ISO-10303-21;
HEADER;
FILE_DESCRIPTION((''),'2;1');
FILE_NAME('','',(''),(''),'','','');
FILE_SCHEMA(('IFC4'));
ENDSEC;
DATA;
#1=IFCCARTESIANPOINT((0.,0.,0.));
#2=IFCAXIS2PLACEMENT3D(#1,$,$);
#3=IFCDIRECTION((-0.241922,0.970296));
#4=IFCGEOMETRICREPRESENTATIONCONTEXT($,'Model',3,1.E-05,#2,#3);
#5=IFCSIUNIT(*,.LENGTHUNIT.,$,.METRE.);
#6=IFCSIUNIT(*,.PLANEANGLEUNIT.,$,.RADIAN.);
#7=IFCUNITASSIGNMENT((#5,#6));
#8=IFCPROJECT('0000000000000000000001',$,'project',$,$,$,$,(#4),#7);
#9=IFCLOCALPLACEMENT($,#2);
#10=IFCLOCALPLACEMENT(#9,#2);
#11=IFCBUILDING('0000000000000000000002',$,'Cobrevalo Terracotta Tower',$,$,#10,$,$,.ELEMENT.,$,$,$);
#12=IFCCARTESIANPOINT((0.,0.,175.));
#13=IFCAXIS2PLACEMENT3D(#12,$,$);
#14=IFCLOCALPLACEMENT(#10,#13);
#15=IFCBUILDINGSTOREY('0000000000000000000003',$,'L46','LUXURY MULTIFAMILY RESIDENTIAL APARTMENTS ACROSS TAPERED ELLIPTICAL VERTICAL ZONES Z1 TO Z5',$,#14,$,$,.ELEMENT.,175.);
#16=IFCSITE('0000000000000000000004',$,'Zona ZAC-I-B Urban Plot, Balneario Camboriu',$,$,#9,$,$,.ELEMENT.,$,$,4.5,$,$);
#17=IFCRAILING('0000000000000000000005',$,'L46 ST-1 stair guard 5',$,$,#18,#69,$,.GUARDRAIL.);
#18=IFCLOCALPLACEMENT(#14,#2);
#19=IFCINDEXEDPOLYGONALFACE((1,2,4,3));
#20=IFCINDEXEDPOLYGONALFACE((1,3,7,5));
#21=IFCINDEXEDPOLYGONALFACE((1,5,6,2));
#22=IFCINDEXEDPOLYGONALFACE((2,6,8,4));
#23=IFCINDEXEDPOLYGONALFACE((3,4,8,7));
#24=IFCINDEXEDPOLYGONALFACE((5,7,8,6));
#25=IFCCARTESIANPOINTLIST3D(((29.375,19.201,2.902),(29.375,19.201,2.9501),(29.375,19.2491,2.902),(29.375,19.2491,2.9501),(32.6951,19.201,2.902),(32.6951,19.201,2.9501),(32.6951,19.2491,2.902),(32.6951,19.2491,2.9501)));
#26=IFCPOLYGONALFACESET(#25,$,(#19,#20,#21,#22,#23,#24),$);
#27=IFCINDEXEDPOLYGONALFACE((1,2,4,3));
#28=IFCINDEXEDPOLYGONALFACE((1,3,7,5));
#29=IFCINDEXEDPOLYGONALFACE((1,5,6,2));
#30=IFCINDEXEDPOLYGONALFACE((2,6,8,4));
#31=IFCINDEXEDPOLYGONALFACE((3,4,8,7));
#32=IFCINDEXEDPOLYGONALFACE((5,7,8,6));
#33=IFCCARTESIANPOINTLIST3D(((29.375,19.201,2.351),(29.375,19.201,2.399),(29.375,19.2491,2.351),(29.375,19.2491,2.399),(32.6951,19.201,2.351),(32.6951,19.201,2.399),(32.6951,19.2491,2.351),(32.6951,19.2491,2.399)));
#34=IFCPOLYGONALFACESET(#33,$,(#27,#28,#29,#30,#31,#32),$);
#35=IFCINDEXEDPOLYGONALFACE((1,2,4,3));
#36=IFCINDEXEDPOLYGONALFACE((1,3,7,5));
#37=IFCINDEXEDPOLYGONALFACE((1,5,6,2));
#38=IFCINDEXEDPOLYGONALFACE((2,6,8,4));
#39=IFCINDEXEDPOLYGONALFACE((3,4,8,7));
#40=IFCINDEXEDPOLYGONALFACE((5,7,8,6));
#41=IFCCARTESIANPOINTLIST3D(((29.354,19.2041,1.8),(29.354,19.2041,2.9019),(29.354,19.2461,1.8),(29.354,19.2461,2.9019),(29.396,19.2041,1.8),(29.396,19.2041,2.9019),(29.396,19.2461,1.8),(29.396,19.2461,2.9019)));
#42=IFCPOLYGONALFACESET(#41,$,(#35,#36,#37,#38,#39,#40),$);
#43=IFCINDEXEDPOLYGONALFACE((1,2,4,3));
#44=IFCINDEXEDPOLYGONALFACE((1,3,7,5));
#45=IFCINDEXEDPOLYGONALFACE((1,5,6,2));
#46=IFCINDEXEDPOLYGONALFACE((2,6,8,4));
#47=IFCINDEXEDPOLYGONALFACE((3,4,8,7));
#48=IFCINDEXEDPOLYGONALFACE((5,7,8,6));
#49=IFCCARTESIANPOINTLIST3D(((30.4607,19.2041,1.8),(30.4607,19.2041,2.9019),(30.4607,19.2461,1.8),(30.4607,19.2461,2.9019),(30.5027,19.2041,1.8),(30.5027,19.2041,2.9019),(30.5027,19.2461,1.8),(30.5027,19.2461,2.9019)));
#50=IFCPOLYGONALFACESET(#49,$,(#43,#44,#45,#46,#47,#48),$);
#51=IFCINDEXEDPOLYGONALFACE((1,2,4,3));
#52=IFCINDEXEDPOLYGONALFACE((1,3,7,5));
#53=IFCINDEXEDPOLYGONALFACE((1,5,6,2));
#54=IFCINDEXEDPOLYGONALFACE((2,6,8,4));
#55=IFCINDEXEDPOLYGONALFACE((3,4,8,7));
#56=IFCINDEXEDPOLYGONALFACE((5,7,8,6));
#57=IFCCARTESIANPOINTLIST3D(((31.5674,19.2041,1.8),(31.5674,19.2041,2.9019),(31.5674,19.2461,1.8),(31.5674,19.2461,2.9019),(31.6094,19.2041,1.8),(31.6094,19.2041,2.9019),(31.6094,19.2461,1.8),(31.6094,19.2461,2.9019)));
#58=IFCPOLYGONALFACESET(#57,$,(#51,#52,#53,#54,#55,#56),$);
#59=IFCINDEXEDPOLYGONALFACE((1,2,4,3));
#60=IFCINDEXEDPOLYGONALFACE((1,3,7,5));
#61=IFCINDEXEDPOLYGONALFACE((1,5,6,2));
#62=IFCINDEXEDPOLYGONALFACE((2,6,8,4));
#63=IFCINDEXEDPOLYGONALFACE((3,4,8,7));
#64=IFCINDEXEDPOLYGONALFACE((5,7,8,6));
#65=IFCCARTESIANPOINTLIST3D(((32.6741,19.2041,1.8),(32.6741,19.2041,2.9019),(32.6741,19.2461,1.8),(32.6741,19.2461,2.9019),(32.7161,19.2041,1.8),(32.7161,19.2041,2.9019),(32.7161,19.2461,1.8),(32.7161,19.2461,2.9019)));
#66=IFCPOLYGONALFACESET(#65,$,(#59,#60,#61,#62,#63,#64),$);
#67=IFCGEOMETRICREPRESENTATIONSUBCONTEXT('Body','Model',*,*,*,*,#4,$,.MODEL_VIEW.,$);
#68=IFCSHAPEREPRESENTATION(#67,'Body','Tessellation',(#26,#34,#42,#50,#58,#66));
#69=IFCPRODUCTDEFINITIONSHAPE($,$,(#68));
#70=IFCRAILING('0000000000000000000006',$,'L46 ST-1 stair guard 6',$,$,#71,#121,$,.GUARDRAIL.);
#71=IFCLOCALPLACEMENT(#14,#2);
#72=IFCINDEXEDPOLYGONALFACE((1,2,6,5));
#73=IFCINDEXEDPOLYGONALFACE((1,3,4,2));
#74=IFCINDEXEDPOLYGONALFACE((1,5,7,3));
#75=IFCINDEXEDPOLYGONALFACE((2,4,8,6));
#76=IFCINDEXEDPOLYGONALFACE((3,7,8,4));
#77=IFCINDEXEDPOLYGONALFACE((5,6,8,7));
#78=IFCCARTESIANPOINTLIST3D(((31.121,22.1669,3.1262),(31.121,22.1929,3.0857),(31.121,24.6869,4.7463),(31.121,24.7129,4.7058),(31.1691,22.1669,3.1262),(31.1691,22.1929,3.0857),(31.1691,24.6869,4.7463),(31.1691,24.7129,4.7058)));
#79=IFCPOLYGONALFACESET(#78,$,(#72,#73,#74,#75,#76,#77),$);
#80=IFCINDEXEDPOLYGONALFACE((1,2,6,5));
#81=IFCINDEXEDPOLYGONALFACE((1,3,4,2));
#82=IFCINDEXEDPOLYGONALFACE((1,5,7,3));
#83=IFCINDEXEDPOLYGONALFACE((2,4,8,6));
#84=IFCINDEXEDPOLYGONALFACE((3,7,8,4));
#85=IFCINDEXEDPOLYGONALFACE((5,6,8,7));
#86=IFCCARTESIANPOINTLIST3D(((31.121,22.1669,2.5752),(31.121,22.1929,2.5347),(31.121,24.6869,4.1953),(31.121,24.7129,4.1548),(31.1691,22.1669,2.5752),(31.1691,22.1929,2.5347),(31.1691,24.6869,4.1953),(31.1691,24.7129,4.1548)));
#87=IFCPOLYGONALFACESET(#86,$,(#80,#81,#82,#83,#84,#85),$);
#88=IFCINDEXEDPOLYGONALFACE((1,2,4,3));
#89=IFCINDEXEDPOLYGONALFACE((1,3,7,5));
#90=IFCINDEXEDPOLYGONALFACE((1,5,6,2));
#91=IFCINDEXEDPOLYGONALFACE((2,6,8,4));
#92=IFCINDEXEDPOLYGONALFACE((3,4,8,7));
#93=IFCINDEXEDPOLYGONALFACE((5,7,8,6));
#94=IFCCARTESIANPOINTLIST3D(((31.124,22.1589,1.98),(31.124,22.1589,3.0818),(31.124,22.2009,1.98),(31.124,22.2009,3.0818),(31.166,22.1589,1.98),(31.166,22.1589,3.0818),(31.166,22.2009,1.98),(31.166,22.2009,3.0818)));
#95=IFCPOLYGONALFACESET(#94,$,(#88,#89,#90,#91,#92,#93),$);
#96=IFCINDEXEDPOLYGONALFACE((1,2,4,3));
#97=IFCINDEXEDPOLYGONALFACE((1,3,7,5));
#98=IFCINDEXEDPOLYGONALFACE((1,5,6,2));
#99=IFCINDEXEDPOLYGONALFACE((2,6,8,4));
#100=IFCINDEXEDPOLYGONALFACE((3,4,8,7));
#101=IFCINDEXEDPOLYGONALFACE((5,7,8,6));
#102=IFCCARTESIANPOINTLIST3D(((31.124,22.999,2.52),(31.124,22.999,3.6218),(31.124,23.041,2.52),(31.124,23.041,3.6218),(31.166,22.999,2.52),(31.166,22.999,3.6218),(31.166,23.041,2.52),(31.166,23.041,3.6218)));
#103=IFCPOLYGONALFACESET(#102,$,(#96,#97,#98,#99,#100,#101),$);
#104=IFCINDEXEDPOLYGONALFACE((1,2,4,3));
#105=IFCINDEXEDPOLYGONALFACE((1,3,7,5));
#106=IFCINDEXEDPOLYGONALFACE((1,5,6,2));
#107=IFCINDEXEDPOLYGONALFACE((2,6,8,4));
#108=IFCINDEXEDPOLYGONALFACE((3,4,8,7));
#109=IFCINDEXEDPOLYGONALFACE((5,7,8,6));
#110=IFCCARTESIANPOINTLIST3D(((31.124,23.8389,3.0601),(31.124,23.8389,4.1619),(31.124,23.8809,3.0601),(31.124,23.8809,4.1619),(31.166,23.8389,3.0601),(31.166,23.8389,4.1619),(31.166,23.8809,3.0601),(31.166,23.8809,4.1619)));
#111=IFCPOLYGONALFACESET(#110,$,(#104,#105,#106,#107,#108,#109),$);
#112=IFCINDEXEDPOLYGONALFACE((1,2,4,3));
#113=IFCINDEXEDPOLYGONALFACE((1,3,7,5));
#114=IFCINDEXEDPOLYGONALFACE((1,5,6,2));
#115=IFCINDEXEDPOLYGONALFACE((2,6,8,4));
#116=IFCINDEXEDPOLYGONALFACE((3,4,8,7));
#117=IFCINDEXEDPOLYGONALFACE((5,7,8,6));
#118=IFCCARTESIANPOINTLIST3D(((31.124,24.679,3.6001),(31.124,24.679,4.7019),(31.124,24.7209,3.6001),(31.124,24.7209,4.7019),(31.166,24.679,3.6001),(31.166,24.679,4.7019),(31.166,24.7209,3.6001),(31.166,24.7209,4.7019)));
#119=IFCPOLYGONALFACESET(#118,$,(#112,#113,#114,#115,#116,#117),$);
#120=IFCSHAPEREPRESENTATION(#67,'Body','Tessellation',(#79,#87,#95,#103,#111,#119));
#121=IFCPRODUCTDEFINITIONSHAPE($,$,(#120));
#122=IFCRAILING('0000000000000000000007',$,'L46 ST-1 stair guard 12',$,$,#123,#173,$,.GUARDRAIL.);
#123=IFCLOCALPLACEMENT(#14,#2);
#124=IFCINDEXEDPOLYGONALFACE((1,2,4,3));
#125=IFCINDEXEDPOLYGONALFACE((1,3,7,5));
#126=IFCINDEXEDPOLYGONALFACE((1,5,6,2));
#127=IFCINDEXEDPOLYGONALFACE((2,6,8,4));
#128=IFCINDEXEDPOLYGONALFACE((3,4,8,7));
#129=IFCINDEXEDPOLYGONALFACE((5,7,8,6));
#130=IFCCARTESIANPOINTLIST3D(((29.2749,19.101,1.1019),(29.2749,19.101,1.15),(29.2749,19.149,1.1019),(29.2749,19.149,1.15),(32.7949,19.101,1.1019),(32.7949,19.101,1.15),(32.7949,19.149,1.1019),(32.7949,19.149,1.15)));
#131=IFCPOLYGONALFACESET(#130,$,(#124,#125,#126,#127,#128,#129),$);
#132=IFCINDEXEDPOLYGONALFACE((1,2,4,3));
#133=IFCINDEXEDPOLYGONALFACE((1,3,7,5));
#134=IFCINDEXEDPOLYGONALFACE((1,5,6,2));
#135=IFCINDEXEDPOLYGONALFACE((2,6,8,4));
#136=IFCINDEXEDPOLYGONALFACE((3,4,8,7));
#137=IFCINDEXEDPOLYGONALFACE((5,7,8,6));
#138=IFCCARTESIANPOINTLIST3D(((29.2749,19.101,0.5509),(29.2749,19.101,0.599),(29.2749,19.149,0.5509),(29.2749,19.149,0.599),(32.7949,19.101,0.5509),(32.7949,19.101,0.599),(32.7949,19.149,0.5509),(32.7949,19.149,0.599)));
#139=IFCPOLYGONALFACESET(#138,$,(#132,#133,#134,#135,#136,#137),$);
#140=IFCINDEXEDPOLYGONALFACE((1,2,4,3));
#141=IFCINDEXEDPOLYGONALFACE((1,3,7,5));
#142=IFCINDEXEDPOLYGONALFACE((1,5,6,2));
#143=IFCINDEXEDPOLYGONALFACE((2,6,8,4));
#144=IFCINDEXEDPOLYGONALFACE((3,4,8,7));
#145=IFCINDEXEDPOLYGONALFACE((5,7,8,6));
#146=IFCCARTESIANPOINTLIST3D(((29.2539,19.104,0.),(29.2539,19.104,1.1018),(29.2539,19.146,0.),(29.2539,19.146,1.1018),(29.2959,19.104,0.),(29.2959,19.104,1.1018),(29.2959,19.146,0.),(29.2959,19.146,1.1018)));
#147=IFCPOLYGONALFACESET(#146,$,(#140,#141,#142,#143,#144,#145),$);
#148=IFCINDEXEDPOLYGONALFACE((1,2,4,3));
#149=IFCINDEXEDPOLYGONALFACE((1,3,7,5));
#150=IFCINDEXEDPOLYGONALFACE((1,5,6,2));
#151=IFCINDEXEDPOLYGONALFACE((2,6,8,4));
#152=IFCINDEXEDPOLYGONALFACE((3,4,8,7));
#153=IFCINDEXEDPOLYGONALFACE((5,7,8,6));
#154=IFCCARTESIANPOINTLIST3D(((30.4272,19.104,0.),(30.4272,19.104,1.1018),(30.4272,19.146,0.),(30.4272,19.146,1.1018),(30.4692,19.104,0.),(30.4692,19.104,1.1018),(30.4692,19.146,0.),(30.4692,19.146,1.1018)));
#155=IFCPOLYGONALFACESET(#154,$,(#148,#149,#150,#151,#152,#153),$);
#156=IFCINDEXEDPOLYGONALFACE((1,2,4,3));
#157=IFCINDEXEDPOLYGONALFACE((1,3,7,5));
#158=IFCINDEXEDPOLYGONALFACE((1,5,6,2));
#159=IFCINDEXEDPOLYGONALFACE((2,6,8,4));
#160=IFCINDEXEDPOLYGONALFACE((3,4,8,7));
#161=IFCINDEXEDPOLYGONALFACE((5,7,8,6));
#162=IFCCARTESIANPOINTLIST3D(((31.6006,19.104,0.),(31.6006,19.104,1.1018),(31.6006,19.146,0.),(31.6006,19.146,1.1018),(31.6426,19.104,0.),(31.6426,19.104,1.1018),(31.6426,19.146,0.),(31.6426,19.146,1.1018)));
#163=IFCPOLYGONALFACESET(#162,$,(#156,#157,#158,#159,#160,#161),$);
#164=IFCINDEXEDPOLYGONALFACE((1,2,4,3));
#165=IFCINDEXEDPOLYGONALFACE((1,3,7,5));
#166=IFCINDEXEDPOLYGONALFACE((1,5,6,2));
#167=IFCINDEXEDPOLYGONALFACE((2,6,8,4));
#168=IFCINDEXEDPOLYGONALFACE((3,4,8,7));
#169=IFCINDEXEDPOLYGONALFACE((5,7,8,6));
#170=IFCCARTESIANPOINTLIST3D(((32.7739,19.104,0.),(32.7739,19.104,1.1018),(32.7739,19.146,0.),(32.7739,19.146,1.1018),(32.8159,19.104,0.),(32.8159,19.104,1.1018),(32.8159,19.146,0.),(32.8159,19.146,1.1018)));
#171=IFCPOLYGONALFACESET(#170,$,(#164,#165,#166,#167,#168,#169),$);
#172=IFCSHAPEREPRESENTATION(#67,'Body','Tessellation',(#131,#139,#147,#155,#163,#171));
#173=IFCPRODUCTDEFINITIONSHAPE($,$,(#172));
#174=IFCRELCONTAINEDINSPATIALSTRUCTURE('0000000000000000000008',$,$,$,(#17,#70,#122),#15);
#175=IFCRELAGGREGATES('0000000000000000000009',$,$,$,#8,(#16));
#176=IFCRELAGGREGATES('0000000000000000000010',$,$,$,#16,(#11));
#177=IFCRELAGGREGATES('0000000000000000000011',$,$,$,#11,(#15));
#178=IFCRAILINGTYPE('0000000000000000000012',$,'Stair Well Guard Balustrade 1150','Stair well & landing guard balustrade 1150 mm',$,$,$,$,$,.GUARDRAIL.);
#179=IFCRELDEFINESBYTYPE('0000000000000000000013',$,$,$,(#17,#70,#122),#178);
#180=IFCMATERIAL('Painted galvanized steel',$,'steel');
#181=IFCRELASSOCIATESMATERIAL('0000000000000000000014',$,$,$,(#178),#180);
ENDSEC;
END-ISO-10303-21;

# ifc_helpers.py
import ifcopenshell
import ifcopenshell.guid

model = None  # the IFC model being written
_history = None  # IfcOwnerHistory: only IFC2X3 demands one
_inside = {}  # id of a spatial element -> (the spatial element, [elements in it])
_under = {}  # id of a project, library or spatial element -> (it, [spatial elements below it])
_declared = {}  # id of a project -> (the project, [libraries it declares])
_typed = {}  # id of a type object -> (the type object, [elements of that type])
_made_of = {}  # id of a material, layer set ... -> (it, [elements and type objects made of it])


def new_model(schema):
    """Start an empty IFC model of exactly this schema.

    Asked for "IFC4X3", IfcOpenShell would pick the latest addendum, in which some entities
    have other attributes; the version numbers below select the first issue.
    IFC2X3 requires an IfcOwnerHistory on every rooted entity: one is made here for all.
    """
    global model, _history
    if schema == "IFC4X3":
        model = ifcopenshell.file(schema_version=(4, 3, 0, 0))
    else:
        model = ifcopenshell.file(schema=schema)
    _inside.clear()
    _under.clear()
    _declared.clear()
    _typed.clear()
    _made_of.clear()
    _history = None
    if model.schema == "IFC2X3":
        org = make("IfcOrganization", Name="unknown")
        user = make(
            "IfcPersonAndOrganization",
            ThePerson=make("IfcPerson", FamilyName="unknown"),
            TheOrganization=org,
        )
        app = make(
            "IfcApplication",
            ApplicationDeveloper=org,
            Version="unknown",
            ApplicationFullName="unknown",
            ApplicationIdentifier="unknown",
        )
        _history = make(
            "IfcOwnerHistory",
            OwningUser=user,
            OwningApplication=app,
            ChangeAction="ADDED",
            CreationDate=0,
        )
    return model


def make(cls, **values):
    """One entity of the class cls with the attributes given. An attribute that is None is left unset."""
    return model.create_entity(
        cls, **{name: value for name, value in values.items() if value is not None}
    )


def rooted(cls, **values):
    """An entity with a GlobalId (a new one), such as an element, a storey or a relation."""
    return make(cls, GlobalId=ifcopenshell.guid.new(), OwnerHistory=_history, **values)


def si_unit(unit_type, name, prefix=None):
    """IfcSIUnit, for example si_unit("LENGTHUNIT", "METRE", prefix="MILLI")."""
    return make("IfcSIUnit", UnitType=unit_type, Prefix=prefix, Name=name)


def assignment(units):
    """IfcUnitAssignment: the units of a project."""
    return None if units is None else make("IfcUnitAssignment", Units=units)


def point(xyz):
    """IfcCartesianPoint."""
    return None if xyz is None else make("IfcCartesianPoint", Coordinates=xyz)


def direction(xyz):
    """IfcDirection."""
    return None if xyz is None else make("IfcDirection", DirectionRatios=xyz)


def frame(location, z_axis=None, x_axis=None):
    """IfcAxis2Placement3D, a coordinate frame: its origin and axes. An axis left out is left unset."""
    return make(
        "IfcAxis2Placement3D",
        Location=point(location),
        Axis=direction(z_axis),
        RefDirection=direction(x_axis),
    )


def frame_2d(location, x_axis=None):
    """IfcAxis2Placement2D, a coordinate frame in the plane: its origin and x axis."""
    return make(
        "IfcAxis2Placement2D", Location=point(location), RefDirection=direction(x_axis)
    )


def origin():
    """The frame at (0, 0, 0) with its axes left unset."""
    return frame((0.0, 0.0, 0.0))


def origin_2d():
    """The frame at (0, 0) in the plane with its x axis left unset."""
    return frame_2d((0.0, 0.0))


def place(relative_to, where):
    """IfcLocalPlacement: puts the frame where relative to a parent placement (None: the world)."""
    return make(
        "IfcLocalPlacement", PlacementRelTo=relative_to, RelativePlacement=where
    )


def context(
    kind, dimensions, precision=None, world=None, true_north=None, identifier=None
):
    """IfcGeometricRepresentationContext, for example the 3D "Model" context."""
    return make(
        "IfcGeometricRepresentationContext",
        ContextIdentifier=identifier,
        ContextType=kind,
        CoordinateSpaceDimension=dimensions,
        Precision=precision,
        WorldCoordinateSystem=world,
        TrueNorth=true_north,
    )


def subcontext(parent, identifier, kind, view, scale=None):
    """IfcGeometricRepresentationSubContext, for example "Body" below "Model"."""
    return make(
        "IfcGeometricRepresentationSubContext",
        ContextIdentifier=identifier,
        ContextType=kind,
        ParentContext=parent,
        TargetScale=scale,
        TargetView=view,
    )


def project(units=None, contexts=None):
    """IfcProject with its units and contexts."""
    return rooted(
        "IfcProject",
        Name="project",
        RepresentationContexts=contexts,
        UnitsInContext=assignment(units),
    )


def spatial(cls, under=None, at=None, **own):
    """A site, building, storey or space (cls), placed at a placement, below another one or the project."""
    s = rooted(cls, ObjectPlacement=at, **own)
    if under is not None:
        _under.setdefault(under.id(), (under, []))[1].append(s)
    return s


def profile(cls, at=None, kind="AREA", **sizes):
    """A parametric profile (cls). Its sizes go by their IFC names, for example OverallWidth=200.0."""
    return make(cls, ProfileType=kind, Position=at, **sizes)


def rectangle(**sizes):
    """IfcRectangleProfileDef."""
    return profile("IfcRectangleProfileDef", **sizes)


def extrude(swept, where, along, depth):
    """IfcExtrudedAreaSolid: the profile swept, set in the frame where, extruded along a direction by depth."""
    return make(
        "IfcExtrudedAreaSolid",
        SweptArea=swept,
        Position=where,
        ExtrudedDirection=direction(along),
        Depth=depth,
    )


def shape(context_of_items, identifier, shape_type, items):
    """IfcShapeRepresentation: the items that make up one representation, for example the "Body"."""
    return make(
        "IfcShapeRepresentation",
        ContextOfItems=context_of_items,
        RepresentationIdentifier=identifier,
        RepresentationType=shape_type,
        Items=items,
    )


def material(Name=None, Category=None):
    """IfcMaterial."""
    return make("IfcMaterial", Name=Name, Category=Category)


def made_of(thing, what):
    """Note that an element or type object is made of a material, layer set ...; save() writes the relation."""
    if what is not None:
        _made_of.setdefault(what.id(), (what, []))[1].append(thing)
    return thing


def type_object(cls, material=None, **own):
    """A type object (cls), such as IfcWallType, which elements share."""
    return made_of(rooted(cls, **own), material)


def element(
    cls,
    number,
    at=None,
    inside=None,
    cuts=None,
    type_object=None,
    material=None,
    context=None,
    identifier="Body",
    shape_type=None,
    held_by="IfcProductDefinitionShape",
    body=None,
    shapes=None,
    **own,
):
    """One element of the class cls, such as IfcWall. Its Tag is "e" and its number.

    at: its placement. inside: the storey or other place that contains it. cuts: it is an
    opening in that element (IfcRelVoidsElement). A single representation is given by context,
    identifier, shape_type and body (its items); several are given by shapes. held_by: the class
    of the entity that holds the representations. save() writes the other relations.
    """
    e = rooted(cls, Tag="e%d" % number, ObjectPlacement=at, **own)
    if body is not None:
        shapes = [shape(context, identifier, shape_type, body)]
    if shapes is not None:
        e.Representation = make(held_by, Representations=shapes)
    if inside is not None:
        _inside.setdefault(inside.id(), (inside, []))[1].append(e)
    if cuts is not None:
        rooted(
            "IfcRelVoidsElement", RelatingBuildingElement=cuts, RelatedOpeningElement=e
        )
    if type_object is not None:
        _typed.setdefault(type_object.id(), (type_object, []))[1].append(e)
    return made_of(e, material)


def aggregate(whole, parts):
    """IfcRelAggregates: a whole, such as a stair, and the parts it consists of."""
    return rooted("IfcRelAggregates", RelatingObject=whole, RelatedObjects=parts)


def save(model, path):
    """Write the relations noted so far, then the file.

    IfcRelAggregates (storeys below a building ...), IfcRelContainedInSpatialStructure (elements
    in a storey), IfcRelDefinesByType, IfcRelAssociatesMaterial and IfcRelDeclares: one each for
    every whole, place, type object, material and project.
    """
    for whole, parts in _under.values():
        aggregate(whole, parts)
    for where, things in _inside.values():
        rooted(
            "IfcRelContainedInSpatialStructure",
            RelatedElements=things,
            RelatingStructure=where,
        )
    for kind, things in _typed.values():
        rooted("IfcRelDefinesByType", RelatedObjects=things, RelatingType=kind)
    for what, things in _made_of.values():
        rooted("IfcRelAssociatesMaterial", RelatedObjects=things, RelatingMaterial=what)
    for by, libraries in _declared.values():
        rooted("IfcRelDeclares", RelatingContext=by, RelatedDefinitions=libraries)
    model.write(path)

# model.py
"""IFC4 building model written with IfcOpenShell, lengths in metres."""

from ifc_helpers import new_model, si_unit, direction, frame, origin, origin_2d, place, context, subcontext, project, spatial, rectangle, extrude, material, type_object, element, save


model = new_model("IFC4")

# Units and contexts
model_context = context("Model", 3, precision=1e-05, world=origin(), true_north=direction((-0.241922, 0.970296)))
body_context = subcontext(model_context, "Body", "Model", "MODEL_VIEW")
ifc_project = project(units=[si_unit("LENGTHUNIT", "METRE"), si_unit("PLANEANGLEUNIT", "RADIAN")], contexts=[model_context])

# Site, building, storey
site_placement = place(None, origin())
site = spatial("IfcSite", under=ifc_project, at=site_placement, Name="Zona ZAC-I-B Urban Plot, Balneario Camboriu", CompositionType="ELEMENT", RefElevation=4.5)
building_placement = place(site_placement, origin())
building = spatial("IfcBuilding", under=site, at=building_placement, Name="Cobrevalo Terracotta Tower", CompositionType="ELEMENT")
storey_placement = place(building_placement, frame((0.0, 0.0, 175.0)))
storey = spatial("IfcBuildingStorey", under=building, at=storey_placement, Name="L46", Description="LUXURY MULTIFAMILY RESIDENTIAL APARTMENTS ACROSS TAPERED ELLIPTICAL VERTICAL ZONES Z1 TO Z5", CompositionType="ELEMENT", Elevation=175.0)

# Railings
ifc_material_1 = material(Name="Painted galvanized steel", Category="steel")
railing_type_1 = type_object("IfcRailingType", Name="Stair Well Guard Balustrade 1150", Description="Stair well & landing guard balustrade 1150 mm", PredefinedType="GUARDRAIL", material=ifc_material_1)
railing_1_placement = place(storey_placement, frame((29.375, 19.2251, 1.8)))
element("IfcRailing", 1, at=railing_1_placement, inside=storey, type_object=railing_type_1, Name="L46 ST-1 stair guard 5", PredefinedType="GUARDRAIL", context=body_context, shape_type="SweptSolid", body=[
    extrude(rectangle(XDim=0.0481, YDim=0.0481, at=origin_2d()), frame((0.0, 0.0, 1.126), z_axis=(1.0, 0.0, 0.0), x_axis=(0.0, 1.0, 0.0)), (0.0, 0.0, 1.0), 3.3201),
    extrude(rectangle(XDim=0.0481, YDim=0.0481, at=origin_2d()), frame((0.0, 0.0, 0.575), z_axis=(1.0, 0.0, 0.0), x_axis=(0.0, 1.0, 0.0)), (0.0, 0.0, 1.0), 3.3201),
    extrude(rectangle(XDim=0.042, YDim=0.042, at=origin_2d()), origin(), (0.0, 0.0, 1.0), 1.1018),
    extrude(rectangle(XDim=0.042, YDim=0.042, at=origin_2d()), frame((1.1067, 0.0, 0.0)), (0.0, 0.0, 1.0), 1.1018),
    extrude(rectangle(XDim=0.042, YDim=0.042, at=origin_2d()), frame((2.2134, 0.0, 0.0)), (0.0, 0.0, 1.0), 1.1018),
    extrude(rectangle(XDim=0.042, YDim=0.042, at=origin_2d()), frame((3.3201, 0.0, 0.0)), (0.0, 0.0, 1.0), 1.1018),
])
railing_2_placement = place(storey_placement, frame((31.145, 22.1799, 1.98)))
element("IfcRailing", 2, at=railing_2_placement, inside=storey, type_object=railing_type_1, Name="L46 ST-1 stair guard 6", PredefinedType="GUARDRAIL", context=body_context, shape_type="SweptSolid", body=[
    extrude(rectangle(XDim=0.0481, YDim=0.0481, at=origin_2d()), frame((0.0, 0.0, 1.126), z_axis=(0.0, 0.841163, 0.540782), x_axis=(-1.0, 0.0, 0.0)), (0.0, 0.0, 1.0), 2.9958),
    extrude(rectangle(XDim=0.0481, YDim=0.0481, at=origin_2d()), frame((0.0, 0.0, 0.575), z_axis=(0.0, 0.841163, 0.540782), x_axis=(-1.0, 0.0, 0.0)), (0.0, 0.0, 1.0), 2.9958),
    extrude(rectangle(XDim=0.042, YDim=0.042, at=origin_2d()), origin(), (0.0, 0.0, 1.0), 1.1018),
    extrude(rectangle(XDim=0.042, YDim=0.042, at=origin_2d()), frame((0.0, 0.8401, 0.54)), (0.0, 0.0, 1.0), 1.1018),
    extrude(rectangle(XDim=0.042, YDim=0.042, at=origin_2d()), frame((0.0, 1.6799, 1.0801)), (0.0, 0.0, 1.0), 1.1018),
    extrude(rectangle(XDim=0.042, YDim=0.042, at=origin_2d()), frame((0.0, 2.52, 1.6201)), (0.0, 0.0, 1.0), 1.1018),
])
railing_3_placement = place(storey_placement, frame((29.2749, 19.125, 0.0)))
element("IfcRailing", 3, at=railing_3_placement, inside=storey, type_object=railing_type_1, Name="L46 ST-1 stair guard 12", PredefinedType="GUARDRAIL", context=body_context, shape_type="SweptSolid", body=[
    extrude(rectangle(XDim=0.0481, YDim=0.0481, at=origin_2d()), frame((0.0, 0.0, 1.126), z_axis=(1.0, 0.0, 0.0), x_axis=(0.0, 1.0, 0.0)), (0.0, 0.0, 1.0), 3.52),
    extrude(rectangle(XDim=0.0481, YDim=0.0481, at=origin_2d()), frame((0.0, 0.0, 0.575), z_axis=(1.0, 0.0, 0.0), x_axis=(0.0, 1.0, 0.0)), (0.0, 0.0, 1.0), 3.52),
    extrude(rectangle(XDim=0.042, YDim=0.042, at=origin_2d()), origin(), (0.0, 0.0, 1.0), 1.1018),
    extrude(rectangle(XDim=0.042, YDim=0.042, at=origin_2d()), frame((1.1733, 0.0, 0.0)), (0.0, 0.0, 1.0), 1.1018),
    extrude(rectangle(XDim=0.042, YDim=0.042, at=origin_2d()), frame((2.3467, 0.0, 0.0)), (0.0, 0.0, 1.0), 1.1018),
    extrude(rectangle(XDim=0.042, YDim=0.042, at=origin_2d()), frame((3.52, 0.0, 0.0)), (0.0, 0.0, 1.0), 1.1018),
])

save(model, "model.ifc")
